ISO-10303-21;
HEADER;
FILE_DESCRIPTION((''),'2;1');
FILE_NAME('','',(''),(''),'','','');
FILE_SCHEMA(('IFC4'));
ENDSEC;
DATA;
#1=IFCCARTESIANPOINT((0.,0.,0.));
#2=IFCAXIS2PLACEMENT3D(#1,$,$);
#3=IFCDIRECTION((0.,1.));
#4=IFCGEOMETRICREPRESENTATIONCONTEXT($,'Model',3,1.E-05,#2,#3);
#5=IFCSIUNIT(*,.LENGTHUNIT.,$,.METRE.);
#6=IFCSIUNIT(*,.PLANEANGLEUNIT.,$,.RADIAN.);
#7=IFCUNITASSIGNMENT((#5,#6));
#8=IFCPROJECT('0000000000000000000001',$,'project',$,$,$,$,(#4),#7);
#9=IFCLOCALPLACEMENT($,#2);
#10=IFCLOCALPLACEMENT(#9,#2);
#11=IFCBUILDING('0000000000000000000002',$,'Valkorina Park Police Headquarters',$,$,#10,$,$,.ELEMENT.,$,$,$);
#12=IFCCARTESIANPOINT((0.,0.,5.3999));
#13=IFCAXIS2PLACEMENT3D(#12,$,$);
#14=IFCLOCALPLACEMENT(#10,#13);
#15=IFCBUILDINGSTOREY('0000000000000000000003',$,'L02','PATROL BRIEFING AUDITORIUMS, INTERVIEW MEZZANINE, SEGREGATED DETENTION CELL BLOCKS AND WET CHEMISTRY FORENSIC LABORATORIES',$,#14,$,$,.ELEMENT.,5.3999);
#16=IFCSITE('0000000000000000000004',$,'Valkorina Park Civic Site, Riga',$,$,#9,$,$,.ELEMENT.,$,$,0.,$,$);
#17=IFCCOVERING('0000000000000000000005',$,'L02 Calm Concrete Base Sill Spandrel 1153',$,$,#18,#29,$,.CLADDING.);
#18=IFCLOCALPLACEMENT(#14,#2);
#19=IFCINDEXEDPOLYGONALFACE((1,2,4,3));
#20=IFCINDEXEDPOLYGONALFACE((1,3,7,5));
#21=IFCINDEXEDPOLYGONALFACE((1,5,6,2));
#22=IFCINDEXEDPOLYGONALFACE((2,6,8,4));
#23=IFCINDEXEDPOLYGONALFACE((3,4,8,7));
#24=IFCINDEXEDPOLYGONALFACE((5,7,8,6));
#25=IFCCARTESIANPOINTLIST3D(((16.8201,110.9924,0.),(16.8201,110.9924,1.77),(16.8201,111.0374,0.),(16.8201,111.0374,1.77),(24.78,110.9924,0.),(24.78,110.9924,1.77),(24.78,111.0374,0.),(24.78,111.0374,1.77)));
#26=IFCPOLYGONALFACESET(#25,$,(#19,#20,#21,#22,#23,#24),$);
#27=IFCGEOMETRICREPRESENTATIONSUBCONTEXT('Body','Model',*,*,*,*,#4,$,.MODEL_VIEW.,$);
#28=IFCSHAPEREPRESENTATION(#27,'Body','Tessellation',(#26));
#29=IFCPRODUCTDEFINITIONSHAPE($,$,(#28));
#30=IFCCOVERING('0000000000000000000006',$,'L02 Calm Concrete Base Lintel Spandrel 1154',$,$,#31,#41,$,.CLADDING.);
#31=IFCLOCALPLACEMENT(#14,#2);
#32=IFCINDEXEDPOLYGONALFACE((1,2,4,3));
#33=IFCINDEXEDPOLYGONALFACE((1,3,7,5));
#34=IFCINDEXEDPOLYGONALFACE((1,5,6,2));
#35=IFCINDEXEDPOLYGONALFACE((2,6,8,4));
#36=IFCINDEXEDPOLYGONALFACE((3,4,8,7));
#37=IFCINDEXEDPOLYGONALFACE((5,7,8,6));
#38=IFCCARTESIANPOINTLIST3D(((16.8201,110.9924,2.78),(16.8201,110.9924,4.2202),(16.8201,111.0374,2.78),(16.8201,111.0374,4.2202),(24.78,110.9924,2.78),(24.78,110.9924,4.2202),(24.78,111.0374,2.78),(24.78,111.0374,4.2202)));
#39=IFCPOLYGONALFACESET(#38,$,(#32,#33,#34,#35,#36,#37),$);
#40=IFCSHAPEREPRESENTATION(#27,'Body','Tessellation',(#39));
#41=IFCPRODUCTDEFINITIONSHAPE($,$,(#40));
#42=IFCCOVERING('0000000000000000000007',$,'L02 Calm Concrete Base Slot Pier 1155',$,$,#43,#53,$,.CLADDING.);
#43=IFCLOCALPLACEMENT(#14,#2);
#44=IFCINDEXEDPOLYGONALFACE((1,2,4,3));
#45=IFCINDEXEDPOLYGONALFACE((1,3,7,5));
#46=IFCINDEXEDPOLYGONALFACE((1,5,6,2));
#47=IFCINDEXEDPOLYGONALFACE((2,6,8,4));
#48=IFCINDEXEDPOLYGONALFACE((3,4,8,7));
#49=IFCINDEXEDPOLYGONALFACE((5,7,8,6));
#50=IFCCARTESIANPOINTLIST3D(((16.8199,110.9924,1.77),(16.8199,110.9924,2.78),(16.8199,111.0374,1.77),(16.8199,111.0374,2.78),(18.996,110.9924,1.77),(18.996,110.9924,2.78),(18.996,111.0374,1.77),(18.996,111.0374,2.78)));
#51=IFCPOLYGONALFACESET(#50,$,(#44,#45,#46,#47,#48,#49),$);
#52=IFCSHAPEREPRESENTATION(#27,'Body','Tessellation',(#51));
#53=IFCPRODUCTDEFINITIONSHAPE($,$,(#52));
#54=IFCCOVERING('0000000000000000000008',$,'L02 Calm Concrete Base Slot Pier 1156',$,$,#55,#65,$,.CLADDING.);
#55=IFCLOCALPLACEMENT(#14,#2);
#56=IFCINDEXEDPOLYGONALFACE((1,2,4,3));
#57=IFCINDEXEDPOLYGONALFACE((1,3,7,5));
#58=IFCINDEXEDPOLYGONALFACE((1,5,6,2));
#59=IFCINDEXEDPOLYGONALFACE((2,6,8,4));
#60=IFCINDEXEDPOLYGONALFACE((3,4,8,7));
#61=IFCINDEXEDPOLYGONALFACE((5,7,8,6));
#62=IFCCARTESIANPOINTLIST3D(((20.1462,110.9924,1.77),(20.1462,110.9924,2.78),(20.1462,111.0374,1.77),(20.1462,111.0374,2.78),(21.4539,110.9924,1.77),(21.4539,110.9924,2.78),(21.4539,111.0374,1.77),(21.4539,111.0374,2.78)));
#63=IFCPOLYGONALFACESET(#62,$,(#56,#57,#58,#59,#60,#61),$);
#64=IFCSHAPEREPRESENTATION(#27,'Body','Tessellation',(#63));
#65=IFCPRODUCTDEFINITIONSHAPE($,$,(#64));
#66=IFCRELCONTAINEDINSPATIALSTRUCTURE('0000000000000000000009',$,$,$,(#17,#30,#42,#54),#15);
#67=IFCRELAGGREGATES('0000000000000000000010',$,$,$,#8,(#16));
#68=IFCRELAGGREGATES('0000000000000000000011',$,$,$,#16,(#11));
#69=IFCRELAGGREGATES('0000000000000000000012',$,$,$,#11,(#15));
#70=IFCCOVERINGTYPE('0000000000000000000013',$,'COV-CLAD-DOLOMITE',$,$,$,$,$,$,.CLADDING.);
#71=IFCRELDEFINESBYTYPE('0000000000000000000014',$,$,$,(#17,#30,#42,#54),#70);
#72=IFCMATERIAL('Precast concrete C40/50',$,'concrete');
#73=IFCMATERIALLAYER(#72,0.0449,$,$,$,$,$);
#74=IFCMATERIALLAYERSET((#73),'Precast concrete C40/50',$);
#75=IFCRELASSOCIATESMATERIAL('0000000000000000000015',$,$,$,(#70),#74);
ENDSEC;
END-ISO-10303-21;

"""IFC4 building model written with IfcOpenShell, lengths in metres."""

from ifc_helpers import new_model, si_unit, direction, frame, frame_2d, origin, place, context, subcontext, project, spatial, rectangle, extrude, material, layer, layer_set, type_object, element, save


model = new_model("IFC4")

# Units and contexts
model_context = context("Model", 3, precision=1e-05, world=origin(), true_north=direction((0.0, 1.0)))
body_context = subcontext(model_context, "Body", "Model", "MODEL_VIEW")
ifc_project = project(units=[si_unit("LENGTHUNIT", "METRE"), si_unit("PLANEANGLEUNIT", "RADIAN")], contexts=[model_context])

# Site, building, storey
site_placement = place(None, origin())
site = spatial("IfcSite", under=ifc_project, at=site_placement, Name="Valkorina Park Civic Site, Riga", CompositionType="ELEMENT", RefElevation=0.0)
building_placement = place(site_placement, origin())
building = spatial("IfcBuilding", under=site, at=building_placement, Name="Valkorina Park Police Headquarters", CompositionType="ELEMENT")
storey_placement = place(building_placement, frame((0.0, 0.0, 5.3999)))
storey = spatial("IfcBuildingStorey", under=building, at=storey_placement, Name="L02", Description="PATROL BRIEFING AUDITORIUMS, INTERVIEW MEZZANINE, SEGREGATED DETENTION CELL BLOCKS AND WET CHEMISTRY FORENSIC LABORATORIES", CompositionType="ELEMENT", Elevation=5.3999)

# Shared definitions
ifc_material_1 = material(Name="Precast concrete C40/50", Category="concrete")

# Coverings
ifc_layer_1 = layer(ifc_material_1, 0.0449)
ifc_layer_set_1 = layer_set([ifc_layer_1], Name="Precast concrete C40/50")
covering_type = type_object("IfcCoveringType", Name="COV-CLAD-DOLOMITE", PredefinedType="CLADDING", material=ifc_layer_set_1)
covering_1_placement = place(storey_placement, frame((16.8201, 111.0149, 0.0), z_axis=(0.0, 0.0, 1.0), x_axis=(1.0, 0.0, 0.0)))
element("IfcCovering", 1, at=covering_1_placement, inside=storey, type_object=covering_type, Name="L02 Calm Concrete Base Sill Spandrel 1153", PredefinedType="CLADDING", context=body_context, shape_type="SweptSolid", body=[
    extrude(rectangle(XDim=7.96, YDim=0.0449, at=frame_2d((3.98, 0.0))), origin(), (0.0, 0.0, 1.0), 1.77),
])
covering_2_placement = place(storey_placement, frame((16.8201, 111.0149, 2.78), z_axis=(0.0, 0.0, 1.0), x_axis=(1.0, 0.0, 0.0)))
element("IfcCovering", 2, at=covering_2_placement, inside=storey, type_object=covering_type, Name="L02 Calm Concrete Base Lintel Spandrel 1154", PredefinedType="CLADDING", context=body_context, shape_type="SweptSolid", body=[
    extrude(rectangle(XDim=7.96, YDim=0.0449, at=frame_2d((3.98, 0.0))), origin(), (0.0, 0.0, 1.0), 1.4402),
])
covering_3_placement = place(storey_placement, frame((16.8201, 111.0149, 1.77), z_axis=(0.0, 0.0, 1.0), x_axis=(1.0, 0.0, 0.0)))
element("IfcCovering", 3, at=covering_3_placement, inside=storey, type_object=covering_type, Name="L02 Calm Concrete Base Slot Pier 1155", PredefinedType="CLADDING", context=body_context, shape_type="SweptSolid", body=[
    extrude(rectangle(XDim=2.176, YDim=0.0449, at=frame_2d((1.0879, 0.0))), origin(), (0.0, 0.0, 1.0), 1.01),
])
covering_4_placement = place(storey_placement, frame((20.1462, 111.0149, 1.77), z_axis=(0.0, 0.0, 1.0), x_axis=(1.0, 0.0, 0.0)))
element("IfcCovering", 4, at=covering_4_placement, inside=storey, type_object=covering_type, Name="L02 Calm Concrete Base Slot Pier 1156", PredefinedType="CLADDING", context=body_context, shape_type="SweptSolid", body=[
    extrude(rectangle(XDim=1.3076, YDim=0.0449, at=frame_2d((0.6538, 0.0))), origin(), (0.0, 0.0, 1.0), 1.01),
])

save(model, "model.ifc")
